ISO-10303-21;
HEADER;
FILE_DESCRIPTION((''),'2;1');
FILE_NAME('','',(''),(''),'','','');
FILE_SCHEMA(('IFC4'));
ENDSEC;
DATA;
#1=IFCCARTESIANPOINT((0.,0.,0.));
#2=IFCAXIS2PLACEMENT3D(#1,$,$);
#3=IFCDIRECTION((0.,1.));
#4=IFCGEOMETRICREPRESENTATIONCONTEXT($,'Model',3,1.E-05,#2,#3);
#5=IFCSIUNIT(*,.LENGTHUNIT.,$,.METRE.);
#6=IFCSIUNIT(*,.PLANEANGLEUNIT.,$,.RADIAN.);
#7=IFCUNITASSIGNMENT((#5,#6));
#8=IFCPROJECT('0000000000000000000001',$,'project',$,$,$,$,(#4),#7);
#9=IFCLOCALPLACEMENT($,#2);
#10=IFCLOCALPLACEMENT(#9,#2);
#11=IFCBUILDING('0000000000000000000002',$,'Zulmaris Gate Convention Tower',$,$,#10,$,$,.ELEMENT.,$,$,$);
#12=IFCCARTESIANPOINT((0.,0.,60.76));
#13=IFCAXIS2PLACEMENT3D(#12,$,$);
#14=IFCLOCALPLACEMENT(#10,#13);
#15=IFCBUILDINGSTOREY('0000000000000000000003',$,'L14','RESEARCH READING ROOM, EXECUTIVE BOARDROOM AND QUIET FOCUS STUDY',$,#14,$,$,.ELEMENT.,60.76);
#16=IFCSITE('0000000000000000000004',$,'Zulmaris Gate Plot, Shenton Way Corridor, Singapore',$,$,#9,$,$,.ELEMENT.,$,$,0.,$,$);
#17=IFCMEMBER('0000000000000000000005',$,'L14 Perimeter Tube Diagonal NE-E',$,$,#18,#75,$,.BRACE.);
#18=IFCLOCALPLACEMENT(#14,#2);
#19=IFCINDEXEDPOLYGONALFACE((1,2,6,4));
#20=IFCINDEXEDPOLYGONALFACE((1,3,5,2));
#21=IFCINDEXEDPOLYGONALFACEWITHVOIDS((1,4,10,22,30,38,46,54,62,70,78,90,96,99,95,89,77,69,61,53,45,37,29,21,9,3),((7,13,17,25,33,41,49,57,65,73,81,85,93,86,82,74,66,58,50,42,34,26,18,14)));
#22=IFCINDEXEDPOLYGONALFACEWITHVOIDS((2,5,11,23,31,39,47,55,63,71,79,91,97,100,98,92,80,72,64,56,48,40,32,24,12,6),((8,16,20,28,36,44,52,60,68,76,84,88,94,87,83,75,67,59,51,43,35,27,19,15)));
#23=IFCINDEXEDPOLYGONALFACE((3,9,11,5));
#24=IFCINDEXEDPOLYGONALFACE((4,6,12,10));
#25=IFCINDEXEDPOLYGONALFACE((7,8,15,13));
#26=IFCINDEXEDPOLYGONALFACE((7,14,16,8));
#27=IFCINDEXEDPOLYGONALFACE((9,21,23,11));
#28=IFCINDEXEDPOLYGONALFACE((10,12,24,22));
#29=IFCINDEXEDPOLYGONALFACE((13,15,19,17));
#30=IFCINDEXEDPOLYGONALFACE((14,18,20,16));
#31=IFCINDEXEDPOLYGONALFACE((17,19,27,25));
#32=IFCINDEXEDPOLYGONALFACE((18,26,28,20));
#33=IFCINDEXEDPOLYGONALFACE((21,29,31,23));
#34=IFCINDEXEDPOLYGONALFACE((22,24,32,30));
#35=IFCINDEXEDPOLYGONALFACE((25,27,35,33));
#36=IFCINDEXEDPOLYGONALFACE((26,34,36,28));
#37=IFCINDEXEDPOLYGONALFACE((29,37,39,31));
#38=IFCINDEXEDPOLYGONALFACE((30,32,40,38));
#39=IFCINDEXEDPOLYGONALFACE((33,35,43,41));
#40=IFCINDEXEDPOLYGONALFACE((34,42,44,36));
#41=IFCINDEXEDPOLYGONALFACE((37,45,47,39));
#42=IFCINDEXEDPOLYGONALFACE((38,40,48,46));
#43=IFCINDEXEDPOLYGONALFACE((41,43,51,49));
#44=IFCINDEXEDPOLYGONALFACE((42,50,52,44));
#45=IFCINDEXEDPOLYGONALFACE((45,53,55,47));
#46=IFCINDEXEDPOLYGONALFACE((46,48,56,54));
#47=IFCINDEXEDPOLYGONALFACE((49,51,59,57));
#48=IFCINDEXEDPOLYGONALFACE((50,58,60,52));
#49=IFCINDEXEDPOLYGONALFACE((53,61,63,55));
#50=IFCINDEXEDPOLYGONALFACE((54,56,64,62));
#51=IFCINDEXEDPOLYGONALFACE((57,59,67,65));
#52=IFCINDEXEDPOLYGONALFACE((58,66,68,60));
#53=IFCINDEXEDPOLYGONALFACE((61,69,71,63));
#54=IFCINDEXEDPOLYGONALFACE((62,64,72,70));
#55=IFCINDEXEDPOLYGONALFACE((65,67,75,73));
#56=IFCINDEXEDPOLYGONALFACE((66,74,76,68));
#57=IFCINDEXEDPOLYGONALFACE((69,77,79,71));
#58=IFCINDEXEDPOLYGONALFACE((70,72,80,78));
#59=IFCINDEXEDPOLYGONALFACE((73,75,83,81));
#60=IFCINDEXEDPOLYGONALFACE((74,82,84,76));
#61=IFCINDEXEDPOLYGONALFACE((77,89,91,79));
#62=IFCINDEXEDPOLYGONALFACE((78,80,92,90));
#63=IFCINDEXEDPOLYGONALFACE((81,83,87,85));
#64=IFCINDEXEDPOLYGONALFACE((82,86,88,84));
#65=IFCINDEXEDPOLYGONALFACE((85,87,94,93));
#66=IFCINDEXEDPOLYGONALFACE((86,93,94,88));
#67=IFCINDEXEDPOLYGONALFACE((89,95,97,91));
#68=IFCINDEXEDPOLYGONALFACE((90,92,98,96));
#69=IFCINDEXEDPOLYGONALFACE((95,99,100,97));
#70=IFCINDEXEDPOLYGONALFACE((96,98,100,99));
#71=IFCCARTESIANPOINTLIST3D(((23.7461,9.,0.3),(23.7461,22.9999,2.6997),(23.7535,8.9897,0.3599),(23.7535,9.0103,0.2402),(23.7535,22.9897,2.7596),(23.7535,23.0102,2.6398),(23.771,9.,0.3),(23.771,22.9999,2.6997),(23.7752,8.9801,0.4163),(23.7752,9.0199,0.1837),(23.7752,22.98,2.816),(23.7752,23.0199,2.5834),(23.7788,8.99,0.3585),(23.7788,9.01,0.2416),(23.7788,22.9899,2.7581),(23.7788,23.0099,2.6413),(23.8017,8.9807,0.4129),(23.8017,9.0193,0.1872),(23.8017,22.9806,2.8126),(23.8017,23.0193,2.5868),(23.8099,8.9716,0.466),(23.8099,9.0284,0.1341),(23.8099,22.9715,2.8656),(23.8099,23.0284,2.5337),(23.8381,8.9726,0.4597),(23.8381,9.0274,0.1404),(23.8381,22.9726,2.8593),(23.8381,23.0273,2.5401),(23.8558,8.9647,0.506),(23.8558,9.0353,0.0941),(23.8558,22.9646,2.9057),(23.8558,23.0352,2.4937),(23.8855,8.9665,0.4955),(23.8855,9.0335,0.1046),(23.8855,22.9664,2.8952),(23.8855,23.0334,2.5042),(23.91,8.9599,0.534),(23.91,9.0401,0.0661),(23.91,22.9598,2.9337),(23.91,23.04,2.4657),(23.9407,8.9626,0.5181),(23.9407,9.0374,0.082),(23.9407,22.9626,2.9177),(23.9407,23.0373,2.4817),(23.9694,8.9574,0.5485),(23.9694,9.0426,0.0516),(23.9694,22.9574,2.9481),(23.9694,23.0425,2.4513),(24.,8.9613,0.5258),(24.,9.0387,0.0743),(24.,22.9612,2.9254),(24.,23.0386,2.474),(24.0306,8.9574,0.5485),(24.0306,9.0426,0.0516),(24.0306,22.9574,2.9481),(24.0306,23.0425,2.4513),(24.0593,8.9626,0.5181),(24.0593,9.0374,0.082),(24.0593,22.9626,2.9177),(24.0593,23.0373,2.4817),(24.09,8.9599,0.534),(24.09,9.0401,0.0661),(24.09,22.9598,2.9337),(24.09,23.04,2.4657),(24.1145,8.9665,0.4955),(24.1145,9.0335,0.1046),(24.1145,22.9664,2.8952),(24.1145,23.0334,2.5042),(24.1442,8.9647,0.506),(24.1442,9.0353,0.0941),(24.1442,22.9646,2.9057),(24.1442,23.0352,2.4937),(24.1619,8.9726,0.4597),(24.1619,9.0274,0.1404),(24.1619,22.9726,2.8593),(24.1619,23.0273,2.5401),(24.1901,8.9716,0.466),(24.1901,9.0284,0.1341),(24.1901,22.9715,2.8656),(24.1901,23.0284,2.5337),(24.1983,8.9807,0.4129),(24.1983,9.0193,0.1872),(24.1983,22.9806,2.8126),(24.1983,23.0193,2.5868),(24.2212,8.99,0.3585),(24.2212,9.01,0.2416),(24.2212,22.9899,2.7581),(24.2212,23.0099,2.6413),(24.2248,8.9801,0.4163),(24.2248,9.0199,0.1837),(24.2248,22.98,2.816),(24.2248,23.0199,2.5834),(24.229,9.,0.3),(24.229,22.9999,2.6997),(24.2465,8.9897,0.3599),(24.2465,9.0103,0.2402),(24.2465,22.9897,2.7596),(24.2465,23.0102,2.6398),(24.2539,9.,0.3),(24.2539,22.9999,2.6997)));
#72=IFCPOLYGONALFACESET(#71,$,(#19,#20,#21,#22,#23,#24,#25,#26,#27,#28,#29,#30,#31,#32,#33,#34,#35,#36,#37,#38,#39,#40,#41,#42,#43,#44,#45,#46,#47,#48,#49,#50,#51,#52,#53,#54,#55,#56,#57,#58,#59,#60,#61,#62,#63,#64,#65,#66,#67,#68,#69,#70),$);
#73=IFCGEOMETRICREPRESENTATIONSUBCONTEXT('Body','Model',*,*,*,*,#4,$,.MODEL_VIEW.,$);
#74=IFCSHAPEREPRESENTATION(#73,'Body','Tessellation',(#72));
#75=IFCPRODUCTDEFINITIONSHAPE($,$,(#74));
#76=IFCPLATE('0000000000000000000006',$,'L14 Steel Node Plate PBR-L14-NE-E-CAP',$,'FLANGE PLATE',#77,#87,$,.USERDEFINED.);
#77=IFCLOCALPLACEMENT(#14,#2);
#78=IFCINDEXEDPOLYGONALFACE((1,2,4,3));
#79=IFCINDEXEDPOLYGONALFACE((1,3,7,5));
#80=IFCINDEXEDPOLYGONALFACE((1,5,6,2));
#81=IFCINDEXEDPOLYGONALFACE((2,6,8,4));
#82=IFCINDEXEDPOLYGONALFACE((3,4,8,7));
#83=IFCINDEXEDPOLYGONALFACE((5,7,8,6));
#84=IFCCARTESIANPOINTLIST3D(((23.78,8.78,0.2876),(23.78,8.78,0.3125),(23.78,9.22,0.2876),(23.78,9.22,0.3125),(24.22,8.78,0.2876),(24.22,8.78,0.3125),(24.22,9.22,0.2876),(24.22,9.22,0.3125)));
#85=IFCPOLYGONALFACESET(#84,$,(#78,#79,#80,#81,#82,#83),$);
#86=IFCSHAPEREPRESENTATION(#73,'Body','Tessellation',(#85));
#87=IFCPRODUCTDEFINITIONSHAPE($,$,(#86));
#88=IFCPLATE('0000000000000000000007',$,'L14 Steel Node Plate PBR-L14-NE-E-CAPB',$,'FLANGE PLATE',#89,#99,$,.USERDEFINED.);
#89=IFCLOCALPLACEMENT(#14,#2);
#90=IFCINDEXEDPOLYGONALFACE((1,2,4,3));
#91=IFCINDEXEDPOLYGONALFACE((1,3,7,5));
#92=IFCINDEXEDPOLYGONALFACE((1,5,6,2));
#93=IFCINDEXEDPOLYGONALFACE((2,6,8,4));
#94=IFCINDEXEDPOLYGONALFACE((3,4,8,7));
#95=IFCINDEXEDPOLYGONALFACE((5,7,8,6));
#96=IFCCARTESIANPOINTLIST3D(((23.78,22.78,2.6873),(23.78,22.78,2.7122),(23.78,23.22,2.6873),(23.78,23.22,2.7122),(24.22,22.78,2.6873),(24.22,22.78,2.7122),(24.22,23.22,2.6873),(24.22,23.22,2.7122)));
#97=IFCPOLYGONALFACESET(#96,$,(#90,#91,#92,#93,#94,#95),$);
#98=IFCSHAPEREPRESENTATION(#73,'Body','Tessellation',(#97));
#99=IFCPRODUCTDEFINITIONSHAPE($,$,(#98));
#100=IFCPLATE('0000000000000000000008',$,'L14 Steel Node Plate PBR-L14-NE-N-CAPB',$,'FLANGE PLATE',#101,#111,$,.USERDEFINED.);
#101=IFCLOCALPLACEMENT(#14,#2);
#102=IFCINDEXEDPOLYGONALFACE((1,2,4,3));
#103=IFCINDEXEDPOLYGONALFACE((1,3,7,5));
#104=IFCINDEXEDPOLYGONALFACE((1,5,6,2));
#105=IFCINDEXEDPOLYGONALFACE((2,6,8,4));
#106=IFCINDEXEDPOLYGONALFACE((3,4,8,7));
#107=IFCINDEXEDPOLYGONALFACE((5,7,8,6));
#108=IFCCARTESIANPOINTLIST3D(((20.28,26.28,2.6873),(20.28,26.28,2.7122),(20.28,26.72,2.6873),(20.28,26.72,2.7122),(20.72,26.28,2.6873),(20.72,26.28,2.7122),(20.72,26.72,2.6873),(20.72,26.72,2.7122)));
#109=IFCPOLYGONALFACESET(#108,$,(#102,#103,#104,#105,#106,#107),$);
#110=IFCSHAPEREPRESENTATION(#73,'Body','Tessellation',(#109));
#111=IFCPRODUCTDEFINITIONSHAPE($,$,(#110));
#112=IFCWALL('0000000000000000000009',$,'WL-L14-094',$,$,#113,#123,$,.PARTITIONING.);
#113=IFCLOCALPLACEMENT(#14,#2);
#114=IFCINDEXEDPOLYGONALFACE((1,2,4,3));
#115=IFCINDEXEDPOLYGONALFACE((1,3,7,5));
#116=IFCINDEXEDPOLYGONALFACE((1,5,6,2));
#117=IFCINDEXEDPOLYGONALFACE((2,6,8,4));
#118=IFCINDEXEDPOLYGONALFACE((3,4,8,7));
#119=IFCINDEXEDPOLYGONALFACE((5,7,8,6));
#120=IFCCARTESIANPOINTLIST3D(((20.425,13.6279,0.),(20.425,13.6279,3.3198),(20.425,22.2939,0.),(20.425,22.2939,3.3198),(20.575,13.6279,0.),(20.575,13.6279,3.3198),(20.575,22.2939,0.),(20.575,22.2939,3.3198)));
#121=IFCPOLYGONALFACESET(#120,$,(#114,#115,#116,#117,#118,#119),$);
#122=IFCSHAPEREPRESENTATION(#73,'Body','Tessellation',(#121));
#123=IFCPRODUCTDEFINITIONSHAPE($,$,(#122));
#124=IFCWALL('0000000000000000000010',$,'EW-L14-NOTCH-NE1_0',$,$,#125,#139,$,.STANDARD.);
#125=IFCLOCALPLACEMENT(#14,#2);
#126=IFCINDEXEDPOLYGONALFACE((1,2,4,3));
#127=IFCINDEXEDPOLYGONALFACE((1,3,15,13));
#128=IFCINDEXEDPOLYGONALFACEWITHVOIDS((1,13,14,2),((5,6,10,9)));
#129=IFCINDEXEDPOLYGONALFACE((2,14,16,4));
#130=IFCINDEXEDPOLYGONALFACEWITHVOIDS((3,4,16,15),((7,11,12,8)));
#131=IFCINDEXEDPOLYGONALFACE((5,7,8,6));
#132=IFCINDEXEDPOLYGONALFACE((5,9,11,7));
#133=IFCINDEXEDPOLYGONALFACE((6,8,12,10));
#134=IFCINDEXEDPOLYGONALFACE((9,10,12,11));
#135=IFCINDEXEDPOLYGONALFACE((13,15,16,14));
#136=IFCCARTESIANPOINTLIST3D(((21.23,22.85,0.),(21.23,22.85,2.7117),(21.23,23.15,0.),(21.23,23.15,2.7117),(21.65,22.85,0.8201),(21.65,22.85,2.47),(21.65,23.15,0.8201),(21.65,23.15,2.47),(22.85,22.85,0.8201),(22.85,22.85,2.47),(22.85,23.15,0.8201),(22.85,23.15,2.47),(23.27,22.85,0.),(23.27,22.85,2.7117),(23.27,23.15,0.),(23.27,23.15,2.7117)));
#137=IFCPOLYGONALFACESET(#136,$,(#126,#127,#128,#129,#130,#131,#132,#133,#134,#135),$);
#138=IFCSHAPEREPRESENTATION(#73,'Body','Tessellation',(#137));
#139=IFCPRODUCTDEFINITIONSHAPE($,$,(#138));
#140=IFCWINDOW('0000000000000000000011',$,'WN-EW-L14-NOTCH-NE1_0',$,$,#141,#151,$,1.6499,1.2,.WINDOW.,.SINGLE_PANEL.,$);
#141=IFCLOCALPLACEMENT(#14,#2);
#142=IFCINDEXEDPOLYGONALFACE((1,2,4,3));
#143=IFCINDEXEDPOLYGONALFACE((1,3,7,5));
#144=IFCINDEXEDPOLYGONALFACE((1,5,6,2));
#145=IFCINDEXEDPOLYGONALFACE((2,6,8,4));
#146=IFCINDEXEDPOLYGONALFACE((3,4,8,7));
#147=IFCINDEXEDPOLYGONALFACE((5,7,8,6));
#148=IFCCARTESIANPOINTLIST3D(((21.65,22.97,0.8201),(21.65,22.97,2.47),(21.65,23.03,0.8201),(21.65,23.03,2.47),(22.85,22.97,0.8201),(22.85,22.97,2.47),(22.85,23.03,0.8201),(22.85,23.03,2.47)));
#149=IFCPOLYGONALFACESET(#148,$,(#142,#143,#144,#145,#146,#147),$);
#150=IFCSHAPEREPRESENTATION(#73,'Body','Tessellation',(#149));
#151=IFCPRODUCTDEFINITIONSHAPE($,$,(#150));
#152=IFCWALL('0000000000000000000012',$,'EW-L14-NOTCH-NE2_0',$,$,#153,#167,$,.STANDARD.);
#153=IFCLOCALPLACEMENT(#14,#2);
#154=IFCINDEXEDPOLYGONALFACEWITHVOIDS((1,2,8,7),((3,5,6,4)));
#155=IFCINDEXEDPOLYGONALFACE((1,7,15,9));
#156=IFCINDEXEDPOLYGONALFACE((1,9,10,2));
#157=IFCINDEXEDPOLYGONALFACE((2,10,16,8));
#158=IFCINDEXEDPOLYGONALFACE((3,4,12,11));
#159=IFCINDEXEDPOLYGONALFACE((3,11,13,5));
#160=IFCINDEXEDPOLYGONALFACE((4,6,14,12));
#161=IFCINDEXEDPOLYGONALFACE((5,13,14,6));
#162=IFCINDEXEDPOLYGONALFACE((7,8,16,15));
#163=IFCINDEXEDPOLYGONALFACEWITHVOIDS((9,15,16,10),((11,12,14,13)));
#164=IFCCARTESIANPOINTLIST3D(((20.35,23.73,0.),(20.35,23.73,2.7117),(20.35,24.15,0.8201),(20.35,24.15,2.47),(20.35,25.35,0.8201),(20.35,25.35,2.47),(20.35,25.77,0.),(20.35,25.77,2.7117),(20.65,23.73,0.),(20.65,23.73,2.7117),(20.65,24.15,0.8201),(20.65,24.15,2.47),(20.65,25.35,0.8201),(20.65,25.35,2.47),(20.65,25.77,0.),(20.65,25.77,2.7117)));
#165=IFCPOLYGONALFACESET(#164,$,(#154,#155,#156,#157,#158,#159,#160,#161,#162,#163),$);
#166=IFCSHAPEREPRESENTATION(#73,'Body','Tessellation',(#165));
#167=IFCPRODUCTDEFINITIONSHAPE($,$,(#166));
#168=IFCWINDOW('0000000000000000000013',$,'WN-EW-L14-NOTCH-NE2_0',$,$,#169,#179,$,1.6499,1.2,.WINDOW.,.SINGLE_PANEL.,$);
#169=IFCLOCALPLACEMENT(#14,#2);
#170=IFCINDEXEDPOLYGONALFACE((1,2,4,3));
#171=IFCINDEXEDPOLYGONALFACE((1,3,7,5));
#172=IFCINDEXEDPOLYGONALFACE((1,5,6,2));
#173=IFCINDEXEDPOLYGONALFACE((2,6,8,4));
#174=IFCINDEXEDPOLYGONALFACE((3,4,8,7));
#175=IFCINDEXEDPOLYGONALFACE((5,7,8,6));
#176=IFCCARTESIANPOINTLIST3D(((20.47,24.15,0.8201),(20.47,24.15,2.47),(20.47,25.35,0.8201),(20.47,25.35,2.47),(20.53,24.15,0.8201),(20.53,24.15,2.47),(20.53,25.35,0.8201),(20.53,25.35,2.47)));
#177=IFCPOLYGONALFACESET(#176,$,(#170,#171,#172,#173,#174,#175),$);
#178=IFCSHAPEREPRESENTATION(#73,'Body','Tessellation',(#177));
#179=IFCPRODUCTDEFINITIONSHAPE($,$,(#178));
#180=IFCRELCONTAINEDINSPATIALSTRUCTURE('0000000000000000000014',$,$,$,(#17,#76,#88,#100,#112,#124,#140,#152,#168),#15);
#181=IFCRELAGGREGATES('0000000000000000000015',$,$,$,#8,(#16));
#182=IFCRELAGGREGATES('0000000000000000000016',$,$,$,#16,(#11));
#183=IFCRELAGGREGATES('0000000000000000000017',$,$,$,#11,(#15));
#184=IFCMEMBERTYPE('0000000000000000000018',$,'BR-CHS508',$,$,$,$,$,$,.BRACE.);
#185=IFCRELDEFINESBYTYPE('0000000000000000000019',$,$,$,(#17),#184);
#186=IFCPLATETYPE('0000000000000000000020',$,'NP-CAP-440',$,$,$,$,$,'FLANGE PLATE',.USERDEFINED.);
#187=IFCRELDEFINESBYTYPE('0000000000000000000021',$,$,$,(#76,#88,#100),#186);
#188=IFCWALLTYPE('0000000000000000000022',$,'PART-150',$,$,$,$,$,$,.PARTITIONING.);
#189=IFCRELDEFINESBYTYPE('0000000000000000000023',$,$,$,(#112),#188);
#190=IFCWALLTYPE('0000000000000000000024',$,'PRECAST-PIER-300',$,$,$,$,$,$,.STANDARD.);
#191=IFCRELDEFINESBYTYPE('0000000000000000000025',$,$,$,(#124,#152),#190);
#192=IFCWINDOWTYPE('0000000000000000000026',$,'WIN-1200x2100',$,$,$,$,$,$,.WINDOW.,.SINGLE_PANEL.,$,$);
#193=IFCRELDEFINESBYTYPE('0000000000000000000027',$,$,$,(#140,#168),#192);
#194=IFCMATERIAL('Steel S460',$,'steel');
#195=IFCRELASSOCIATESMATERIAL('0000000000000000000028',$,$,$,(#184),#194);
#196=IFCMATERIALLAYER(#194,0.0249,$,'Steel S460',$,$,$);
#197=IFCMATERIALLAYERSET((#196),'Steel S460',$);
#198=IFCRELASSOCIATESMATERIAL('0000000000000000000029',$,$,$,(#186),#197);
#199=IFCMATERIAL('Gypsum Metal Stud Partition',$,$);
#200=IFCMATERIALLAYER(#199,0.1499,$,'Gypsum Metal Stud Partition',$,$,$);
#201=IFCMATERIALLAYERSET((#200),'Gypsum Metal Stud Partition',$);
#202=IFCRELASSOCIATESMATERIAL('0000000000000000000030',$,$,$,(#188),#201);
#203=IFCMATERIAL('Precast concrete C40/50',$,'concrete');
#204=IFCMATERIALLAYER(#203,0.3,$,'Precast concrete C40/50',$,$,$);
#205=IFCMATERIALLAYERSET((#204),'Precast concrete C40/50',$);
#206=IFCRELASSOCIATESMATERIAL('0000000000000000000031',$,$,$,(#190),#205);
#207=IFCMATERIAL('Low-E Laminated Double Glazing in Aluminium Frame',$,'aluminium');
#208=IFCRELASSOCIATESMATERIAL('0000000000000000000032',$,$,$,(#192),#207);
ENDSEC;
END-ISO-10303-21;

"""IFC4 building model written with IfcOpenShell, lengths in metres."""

from ifc_helpers import new_model, si_unit, direction, frame, frame_2d, origin, origin_2d, place, context, subcontext, project, spatial, rectangle, hollow_circle, extrude, material, layer, layer_set, material_profile, profile_set, type_object, element, fill, save


model = new_model("IFC4")

# Units and contexts
model_context = context("Model", 3, precision=1e-05, world=origin(), true_north=direction((0.0, 1.0)))
body_context = subcontext(model_context, "Body", "Model", "MODEL_VIEW")
ifc_project = project(units=[si_unit("LENGTHUNIT", "METRE"), si_unit("PLANEANGLEUNIT", "RADIAN")], contexts=[model_context])

# Site, building, storey
site_placement = place(None, origin())
site = spatial("IfcSite", under=ifc_project, at=site_placement, Name="Zulmaris Gate Plot, Shenton Way Corridor, Singapore", CompositionType="ELEMENT", RefElevation=0.0)
building_placement = place(site_placement, origin())
building = spatial("IfcBuilding", under=site, at=building_placement, Name="Zulmaris Gate Convention Tower", CompositionType="ELEMENT")
storey_placement = place(building_placement, frame((0.0, 0.0, 60.76)))
storey = spatial("IfcBuildingStorey", under=building, at=storey_placement, Name="L14", Description="RESEARCH READING ROOM, EXECUTIVE BOARDROOM AND QUIET FOCUS STUDY", CompositionType="ELEMENT", Elevation=60.76)

# Member
ifc_material_1 = material(Name="Steel S460", Category="steel")
ifc_material_profile_1 = material_profile(ifc_material_1, hollow_circle(Radius=0.2539, WallThickness=0.0249, at=origin_2d()), Name="CHS 508x25")
ifc_profile_set_1 = profile_set([ifc_material_profile_1], Name="Steel S460")
member_type = type_object("IfcMemberType", Name="BR-CHS508", PredefinedType="BRACE", material=ifc_profile_set_1)
member_placement = place(storey_placement, frame((24.0, 9.0, 0.3), z_axis=(0.0, 0.985626, 0.16894), x_axis=(-1.0, 0.0, 0.0)))
element("IfcMember", 1, at=member_placement, inside=storey, type_object=member_type, Name="L14 Perimeter Tube Diagonal NE-E", PredefinedType="BRACE", context=body_context, shape_type="SweptSolid", body=[
    extrude(hollow_circle(Radius=0.2539, WallThickness=0.0249, at=origin_2d()), origin(), (0.0, 0.0, 1.0), 14.2041),
])

# Plates
ifc_layer_1 = layer(ifc_material_1, 0.0249, Name="Steel S460")
ifc_layer_set_1 = layer_set([ifc_layer_1], Name="Steel S460")
plate_type = type_object("IfcPlateType", Name="NP-CAP-440", ElementType="FLANGE PLATE", PredefinedType="USERDEFINED", material=ifc_layer_set_1)
for number, where, z_axis, x_axis, name in (
    (2, (24.0, 9.0, 0.2876), (0.0, 0.0, 1.0), (1.0, 0.0, 0.0), "L14 Steel Node Plate PBR-L14-NE-E-CAP"),
    (3, (24.0, 23.0, 2.6873), (0.0, 0.0, 1.0), (1.0, 0.0, 0.0), "L14 Steel Node Plate PBR-L14-NE-E-CAPB"),
    (4, (20.5, 26.5, 2.6873), (0.0, 0.0, 1.0), (1.0, 0.0, 0.0), "L14 Steel Node Plate PBR-L14-NE-N-CAPB"),
):
    element("IfcPlate", number, at=place(storey_placement, frame(where, z_axis=z_axis, x_axis=x_axis)), inside=storey, type_object=plate_type, Name=name, ObjectType="FLANGE PLATE", PredefinedType="USERDEFINED", context=body_context, shape_type="SweptSolid", body=[
        extrude(rectangle(XDim=0.4399, YDim=0.4399, at=origin_2d()), origin(), (0.0, 0.0, 1.0), 0.0249),
    ])

# Shared definitions
ifc_material_2 = material(Name="Gypsum Metal Stud Partition")
ifc_layer_2 = layer(ifc_material_2, 0.1499, Name="Gypsum Metal Stud Partition")
ifc_layer_set_2 = layer_set([ifc_layer_2], Name="Gypsum Metal Stud Partition")
wall_type_1 = type_object("IfcWallType", Name="PART-150", PredefinedType="PARTITIONING", material=ifc_layer_set_2)

# Wall
wall_1_placement = place(storey_placement, frame((20.5, 13.6279, 0.0), z_axis=(0.0, 0.0, 1.0), x_axis=(0.0, 1.0, 0.0)))
element("IfcWall", 5, at=wall_1_placement, inside=storey, type_object=wall_type_1, Name="WL-L14-094", PredefinedType="PARTITIONING", context=body_context, shape_type="SweptSolid", body=[
    extrude(rectangle(XDim=8.666, YDim=0.1499, at=frame_2d((4.333, 0.0))), origin(), (0.0, 0.0, 1.0), 3.3198),
])

# Walls, openings, windows
ifc_material_3 = material(Name="Precast concrete C40/50", Category="concrete")
ifc_layer_3 = layer(ifc_material_3, 0.3, Name="Precast concrete C40/50")
ifc_layer_set_3 = layer_set([ifc_layer_3], Name="Precast concrete C40/50")
wall_type_2 = type_object("IfcWallType", Name="PRECAST-PIER-300", PredefinedType="STANDARD", material=ifc_layer_set_3)
wall_2_placement = place(storey_placement, frame((23.27, 23.0, 0.0), z_axis=(0.0, 0.0, 1.0), x_axis=(-1.0, 0.0, 0.0)))
wall_2 = element("IfcWall", 6, at=wall_2_placement, inside=storey, type_object=wall_type_2, Name="EW-L14-NOTCH-NE1_0", PredefinedType="STANDARD", context=body_context, shape_type="SweptSolid", body=[
    extrude(rectangle(XDim=2.04, YDim=0.3, at=frame_2d((1.02, 0.0))), origin(), (0.0, 0.0, 1.0), 2.7117),
])
opening_1_placement = place(wall_2_placement, frame((0.4199, 0.0, 0.8201)))
opening_1 = element("IfcOpeningElement", 7, at=opening_1_placement, cuts=wall_2, PredefinedType="OPENING", context=body_context, shape_type="SweptSolid", body=[
    extrude(rectangle(XDim=1.2, YDim=1.6499, at=frame_2d((0.6001, 0.825))), frame((0.0, 0.1602, 0.0), z_axis=(0.0, -1.0, 0.0), x_axis=(1.0, 0.0, 0.0)), (0.0, 0.0, 1.0), 0.3201),
])
ifc_material_4 = material(Name="Low-E Laminated Double Glazing in Aluminium Frame", Category="aluminium")
window_type = type_object("IfcWindowType", Name="WIN-1200x2100", PartitioningType="SINGLE_PANEL", PredefinedType="WINDOW", material=ifc_material_4)
window_1_placement = place(opening_1_placement, origin())
window_1 = element("IfcWindow", 8, at=window_1_placement, inside=storey, type_object=window_type, Name="WN-EW-L14-NOTCH-NE1_0", OverallHeight=1.6499, OverallWidth=1.2, PartitioningType="SINGLE_PANEL", PredefinedType="WINDOW", context=body_context, shape_type="SweptSolid", body=[
    extrude(rectangle(XDim=1.2, YDim=1.6499, at=frame_2d((0.6001, 0.825))), frame((0.0, 0.03, 0.0), z_axis=(0.0, -1.0, 0.0), x_axis=(1.0, 0.0, 0.0)), (0.0, 0.0, 1.0), 0.0601),
])
fill(opening_1, window_1)
wall_3_placement = place(storey_placement, frame((20.5, 23.73, 0.0), z_axis=(0.0, 0.0, 1.0), x_axis=(0.0, 1.0, 0.0)))
wall_3 = element("IfcWall", 9, at=wall_3_placement, inside=storey, type_object=wall_type_2, Name="EW-L14-NOTCH-NE2_0", PredefinedType="STANDARD", context=body_context, shape_type="SweptSolid", body=[
    extrude(rectangle(XDim=2.04, YDim=0.3, at=frame_2d((1.02, 0.0))), origin(), (0.0, 0.0, 1.0), 2.7117),
])
opening_2_placement = place(wall_3_placement, frame((0.4199, 0.0, 0.8201)))
opening_2 = element("IfcOpeningElement", 10, at=opening_2_placement, cuts=wall_3, PredefinedType="OPENING", context=body_context, shape_type="SweptSolid", body=[
    extrude(rectangle(XDim=1.2, YDim=1.6499, at=frame_2d((0.6001, 0.825))), frame((0.0, 0.1602, 0.0), z_axis=(0.0, -1.0, 0.0), x_axis=(1.0, 0.0, 0.0)), (0.0, 0.0, 1.0), 0.3201),
])
window_2_placement = place(opening_2_placement, origin())
window_2 = element("IfcWindow", 11, at=window_2_placement, inside=storey, type_object=window_type, Name="WN-EW-L14-NOTCH-NE2_0", OverallHeight=1.6499, OverallWidth=1.2, PartitioningType="SINGLE_PANEL", PredefinedType="WINDOW", context=body_context, shape_type="SweptSolid", body=[
    extrude(rectangle(XDim=1.2, YDim=1.6499, at=frame_2d((0.6001, 0.825))), frame((0.0, 0.03, 0.0), z_axis=(0.0, -1.0, 0.0), x_axis=(1.0, 0.0, 0.0)), (0.0, 0.0, 1.0), 0.0601),
])
fill(opening_2, window_2)

save(model, "model.ifc")
